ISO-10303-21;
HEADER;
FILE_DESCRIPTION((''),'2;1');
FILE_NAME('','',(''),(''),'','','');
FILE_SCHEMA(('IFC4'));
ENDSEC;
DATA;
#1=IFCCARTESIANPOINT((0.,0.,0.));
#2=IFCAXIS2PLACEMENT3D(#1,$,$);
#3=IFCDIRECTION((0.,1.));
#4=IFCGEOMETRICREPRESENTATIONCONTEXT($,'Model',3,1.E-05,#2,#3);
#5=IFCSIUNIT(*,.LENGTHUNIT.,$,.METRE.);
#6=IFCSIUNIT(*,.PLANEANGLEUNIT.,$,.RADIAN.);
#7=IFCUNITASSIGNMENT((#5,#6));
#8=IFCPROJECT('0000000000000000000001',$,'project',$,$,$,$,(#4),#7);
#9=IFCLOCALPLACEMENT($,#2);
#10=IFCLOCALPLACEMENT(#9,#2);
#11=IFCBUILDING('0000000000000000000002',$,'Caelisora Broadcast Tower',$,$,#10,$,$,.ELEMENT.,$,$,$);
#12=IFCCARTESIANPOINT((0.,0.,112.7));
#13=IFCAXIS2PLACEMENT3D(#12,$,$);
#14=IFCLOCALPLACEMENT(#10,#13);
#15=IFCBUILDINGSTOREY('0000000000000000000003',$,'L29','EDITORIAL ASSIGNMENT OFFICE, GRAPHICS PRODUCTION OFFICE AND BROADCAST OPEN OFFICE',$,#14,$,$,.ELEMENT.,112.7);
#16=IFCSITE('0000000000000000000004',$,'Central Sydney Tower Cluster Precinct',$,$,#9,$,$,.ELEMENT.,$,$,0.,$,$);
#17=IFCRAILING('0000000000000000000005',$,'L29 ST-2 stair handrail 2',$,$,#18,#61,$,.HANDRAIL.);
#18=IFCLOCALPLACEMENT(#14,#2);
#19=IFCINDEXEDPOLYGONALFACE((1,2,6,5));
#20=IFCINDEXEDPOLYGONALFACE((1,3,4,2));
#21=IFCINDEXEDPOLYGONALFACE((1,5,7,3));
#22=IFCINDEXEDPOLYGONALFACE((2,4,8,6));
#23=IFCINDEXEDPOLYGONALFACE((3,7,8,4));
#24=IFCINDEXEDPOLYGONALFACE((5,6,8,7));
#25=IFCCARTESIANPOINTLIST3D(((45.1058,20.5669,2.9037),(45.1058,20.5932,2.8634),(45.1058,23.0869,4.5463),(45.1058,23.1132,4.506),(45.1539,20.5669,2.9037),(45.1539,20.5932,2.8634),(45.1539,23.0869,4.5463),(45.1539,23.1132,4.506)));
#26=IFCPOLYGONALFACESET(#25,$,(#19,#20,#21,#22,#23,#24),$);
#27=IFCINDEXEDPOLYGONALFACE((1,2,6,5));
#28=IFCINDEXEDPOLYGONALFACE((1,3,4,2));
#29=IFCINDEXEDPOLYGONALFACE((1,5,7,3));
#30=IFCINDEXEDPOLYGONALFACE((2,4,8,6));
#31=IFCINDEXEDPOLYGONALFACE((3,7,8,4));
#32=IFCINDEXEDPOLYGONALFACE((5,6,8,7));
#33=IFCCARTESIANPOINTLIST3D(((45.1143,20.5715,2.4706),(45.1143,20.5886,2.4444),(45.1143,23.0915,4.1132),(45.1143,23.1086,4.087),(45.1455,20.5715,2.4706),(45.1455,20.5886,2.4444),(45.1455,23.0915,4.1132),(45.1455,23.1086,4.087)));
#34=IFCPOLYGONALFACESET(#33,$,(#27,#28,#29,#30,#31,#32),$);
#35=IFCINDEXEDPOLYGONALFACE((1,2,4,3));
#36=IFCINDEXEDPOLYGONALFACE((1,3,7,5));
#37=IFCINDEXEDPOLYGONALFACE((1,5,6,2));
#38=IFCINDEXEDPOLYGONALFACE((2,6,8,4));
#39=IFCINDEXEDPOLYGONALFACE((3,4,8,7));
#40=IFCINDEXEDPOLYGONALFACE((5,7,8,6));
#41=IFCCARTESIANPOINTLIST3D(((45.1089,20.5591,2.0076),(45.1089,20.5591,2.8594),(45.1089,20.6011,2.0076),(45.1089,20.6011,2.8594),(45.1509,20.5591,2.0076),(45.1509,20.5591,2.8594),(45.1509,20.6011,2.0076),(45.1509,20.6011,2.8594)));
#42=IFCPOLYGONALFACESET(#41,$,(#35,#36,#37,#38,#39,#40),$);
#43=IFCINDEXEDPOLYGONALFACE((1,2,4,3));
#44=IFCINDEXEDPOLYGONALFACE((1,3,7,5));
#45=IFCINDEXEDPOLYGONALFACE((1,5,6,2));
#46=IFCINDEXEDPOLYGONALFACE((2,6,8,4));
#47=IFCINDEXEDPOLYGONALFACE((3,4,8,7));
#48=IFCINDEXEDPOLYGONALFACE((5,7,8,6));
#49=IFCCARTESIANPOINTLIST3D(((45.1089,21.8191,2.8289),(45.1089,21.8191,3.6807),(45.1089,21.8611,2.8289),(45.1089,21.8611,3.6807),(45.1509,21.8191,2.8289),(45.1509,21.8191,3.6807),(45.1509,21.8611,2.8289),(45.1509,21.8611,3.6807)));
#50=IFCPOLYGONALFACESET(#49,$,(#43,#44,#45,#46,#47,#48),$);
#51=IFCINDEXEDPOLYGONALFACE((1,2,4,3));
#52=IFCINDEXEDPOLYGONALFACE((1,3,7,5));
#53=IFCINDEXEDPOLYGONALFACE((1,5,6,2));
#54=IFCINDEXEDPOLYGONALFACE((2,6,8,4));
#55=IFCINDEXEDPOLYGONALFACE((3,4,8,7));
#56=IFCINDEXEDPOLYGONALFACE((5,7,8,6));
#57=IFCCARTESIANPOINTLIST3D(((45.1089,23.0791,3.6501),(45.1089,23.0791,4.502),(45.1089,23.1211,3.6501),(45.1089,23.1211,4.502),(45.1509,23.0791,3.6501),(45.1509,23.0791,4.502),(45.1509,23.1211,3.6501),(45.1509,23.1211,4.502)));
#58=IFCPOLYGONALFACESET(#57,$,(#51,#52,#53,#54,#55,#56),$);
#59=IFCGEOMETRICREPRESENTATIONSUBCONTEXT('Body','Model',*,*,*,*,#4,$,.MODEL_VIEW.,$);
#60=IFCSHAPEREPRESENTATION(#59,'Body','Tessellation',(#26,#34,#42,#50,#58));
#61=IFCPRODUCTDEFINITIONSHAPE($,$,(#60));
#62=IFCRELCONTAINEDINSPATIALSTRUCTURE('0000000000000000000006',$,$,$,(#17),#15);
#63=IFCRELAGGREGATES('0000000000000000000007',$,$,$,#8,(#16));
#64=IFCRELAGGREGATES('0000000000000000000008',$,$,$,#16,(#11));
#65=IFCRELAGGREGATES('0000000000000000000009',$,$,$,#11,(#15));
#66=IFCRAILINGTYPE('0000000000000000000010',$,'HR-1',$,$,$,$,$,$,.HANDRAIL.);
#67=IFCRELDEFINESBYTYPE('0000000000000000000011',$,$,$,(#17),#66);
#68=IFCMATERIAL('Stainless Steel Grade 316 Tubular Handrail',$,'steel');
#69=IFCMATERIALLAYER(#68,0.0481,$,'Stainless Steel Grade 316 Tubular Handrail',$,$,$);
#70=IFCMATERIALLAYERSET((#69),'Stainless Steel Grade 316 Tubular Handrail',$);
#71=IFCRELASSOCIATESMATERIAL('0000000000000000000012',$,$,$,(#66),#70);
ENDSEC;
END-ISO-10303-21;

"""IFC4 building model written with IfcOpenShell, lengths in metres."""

from ifc_helpers import new_model, si_unit, direction, frame, origin, origin_2d, place, context, subcontext, project, spatial, rectangle, extrude, material, layer, layer_set, type_object, element, save


model = new_model("IFC4")

# Units and contexts
model_context = context("Model", 3, precision=1e-05, world=origin(), true_north=direction((0.0, 1.0)))
body_context = subcontext(model_context, "Body", "Model", "MODEL_VIEW")
ifc_project = project(units=[si_unit("LENGTHUNIT", "METRE"), si_unit("PLANEANGLEUNIT", "RADIAN")], contexts=[model_context])

# Site, building, storey
site_placement = place(None, origin())
site = spatial("IfcSite", under=ifc_project, at=site_placement, Name="Central Sydney Tower Cluster Precinct", CompositionType="ELEMENT", RefElevation=0.0)
building_placement = place(site_placement, origin())
building = spatial("IfcBuilding", under=site, at=building_placement, Name="Caelisora Broadcast Tower", CompositionType="ELEMENT")
storey_placement = place(building_placement, frame((0.0, 0.0, 112.7)))
storey = spatial("IfcBuildingStorey", under=building, at=storey_placement, Name="L29", Description="EDITORIAL ASSIGNMENT OFFICE, GRAPHICS PRODUCTION OFFICE AND BROADCAST OPEN OFFICE", CompositionType="ELEMENT", Elevation=112.7)

# Railing
ifc_material_1 = material(Name="Stainless Steel Grade 316 Tubular Handrail", Category="steel")
ifc_layer_1 = layer(ifc_material_1, 0.0481, Name="Stainless Steel Grade 316 Tubular Handrail")
ifc_layer_set_1 = layer_set([ifc_layer_1], Name="Stainless Steel Grade 316 Tubular Handrail")
railing_type_1 = type_object("IfcRailingType", Name="HR-1", PredefinedType="HANDRAIL", material=ifc_layer_set_1)
railing_1_placement = place(storey_placement, frame((45.1299, 20.5801, 2.0076)))
element("IfcRailing", 1, at=railing_1_placement, inside=storey, type_object=railing_type_1, Name="L29 ST-2 stair handrail 2", PredefinedType="HANDRAIL", context=body_context, shape_type="SweptSolid", body=[
    extrude(rectangle(XDim=0.0481, YDim=0.0481, at=origin_2d()), frame((0.0, 0.0, 0.876), z_axis=(0.0, 0.837749, 0.546055), x_axis=(-1.0, 0.0, 0.0)), (0.0, 0.0, 1.0), 3.0081),
    extrude(rectangle(XDim=0.0312, YDim=0.0312, at=origin_2d()), frame((0.0, 0.0, 0.45), z_axis=(0.0, 0.837749, 0.546055), x_axis=(-1.0, 0.0, 0.0)), (0.0, 0.0, 1.0), 3.0081),
    extrude(rectangle(XDim=0.042, YDim=0.042, at=origin_2d()), origin(), (0.0, 0.0, 1.0), 0.8518),
    extrude(rectangle(XDim=0.042, YDim=0.042, at=origin_2d()), frame((0.0, 1.26, 0.8213)), (0.0, 0.0, 1.0), 0.8518),
    extrude(rectangle(XDim=0.042, YDim=0.042, at=origin_2d()), frame((0.0, 2.52, 1.6426)), (0.0, 0.0, 1.0), 0.8518),
])

save(model, "model.ifc")
